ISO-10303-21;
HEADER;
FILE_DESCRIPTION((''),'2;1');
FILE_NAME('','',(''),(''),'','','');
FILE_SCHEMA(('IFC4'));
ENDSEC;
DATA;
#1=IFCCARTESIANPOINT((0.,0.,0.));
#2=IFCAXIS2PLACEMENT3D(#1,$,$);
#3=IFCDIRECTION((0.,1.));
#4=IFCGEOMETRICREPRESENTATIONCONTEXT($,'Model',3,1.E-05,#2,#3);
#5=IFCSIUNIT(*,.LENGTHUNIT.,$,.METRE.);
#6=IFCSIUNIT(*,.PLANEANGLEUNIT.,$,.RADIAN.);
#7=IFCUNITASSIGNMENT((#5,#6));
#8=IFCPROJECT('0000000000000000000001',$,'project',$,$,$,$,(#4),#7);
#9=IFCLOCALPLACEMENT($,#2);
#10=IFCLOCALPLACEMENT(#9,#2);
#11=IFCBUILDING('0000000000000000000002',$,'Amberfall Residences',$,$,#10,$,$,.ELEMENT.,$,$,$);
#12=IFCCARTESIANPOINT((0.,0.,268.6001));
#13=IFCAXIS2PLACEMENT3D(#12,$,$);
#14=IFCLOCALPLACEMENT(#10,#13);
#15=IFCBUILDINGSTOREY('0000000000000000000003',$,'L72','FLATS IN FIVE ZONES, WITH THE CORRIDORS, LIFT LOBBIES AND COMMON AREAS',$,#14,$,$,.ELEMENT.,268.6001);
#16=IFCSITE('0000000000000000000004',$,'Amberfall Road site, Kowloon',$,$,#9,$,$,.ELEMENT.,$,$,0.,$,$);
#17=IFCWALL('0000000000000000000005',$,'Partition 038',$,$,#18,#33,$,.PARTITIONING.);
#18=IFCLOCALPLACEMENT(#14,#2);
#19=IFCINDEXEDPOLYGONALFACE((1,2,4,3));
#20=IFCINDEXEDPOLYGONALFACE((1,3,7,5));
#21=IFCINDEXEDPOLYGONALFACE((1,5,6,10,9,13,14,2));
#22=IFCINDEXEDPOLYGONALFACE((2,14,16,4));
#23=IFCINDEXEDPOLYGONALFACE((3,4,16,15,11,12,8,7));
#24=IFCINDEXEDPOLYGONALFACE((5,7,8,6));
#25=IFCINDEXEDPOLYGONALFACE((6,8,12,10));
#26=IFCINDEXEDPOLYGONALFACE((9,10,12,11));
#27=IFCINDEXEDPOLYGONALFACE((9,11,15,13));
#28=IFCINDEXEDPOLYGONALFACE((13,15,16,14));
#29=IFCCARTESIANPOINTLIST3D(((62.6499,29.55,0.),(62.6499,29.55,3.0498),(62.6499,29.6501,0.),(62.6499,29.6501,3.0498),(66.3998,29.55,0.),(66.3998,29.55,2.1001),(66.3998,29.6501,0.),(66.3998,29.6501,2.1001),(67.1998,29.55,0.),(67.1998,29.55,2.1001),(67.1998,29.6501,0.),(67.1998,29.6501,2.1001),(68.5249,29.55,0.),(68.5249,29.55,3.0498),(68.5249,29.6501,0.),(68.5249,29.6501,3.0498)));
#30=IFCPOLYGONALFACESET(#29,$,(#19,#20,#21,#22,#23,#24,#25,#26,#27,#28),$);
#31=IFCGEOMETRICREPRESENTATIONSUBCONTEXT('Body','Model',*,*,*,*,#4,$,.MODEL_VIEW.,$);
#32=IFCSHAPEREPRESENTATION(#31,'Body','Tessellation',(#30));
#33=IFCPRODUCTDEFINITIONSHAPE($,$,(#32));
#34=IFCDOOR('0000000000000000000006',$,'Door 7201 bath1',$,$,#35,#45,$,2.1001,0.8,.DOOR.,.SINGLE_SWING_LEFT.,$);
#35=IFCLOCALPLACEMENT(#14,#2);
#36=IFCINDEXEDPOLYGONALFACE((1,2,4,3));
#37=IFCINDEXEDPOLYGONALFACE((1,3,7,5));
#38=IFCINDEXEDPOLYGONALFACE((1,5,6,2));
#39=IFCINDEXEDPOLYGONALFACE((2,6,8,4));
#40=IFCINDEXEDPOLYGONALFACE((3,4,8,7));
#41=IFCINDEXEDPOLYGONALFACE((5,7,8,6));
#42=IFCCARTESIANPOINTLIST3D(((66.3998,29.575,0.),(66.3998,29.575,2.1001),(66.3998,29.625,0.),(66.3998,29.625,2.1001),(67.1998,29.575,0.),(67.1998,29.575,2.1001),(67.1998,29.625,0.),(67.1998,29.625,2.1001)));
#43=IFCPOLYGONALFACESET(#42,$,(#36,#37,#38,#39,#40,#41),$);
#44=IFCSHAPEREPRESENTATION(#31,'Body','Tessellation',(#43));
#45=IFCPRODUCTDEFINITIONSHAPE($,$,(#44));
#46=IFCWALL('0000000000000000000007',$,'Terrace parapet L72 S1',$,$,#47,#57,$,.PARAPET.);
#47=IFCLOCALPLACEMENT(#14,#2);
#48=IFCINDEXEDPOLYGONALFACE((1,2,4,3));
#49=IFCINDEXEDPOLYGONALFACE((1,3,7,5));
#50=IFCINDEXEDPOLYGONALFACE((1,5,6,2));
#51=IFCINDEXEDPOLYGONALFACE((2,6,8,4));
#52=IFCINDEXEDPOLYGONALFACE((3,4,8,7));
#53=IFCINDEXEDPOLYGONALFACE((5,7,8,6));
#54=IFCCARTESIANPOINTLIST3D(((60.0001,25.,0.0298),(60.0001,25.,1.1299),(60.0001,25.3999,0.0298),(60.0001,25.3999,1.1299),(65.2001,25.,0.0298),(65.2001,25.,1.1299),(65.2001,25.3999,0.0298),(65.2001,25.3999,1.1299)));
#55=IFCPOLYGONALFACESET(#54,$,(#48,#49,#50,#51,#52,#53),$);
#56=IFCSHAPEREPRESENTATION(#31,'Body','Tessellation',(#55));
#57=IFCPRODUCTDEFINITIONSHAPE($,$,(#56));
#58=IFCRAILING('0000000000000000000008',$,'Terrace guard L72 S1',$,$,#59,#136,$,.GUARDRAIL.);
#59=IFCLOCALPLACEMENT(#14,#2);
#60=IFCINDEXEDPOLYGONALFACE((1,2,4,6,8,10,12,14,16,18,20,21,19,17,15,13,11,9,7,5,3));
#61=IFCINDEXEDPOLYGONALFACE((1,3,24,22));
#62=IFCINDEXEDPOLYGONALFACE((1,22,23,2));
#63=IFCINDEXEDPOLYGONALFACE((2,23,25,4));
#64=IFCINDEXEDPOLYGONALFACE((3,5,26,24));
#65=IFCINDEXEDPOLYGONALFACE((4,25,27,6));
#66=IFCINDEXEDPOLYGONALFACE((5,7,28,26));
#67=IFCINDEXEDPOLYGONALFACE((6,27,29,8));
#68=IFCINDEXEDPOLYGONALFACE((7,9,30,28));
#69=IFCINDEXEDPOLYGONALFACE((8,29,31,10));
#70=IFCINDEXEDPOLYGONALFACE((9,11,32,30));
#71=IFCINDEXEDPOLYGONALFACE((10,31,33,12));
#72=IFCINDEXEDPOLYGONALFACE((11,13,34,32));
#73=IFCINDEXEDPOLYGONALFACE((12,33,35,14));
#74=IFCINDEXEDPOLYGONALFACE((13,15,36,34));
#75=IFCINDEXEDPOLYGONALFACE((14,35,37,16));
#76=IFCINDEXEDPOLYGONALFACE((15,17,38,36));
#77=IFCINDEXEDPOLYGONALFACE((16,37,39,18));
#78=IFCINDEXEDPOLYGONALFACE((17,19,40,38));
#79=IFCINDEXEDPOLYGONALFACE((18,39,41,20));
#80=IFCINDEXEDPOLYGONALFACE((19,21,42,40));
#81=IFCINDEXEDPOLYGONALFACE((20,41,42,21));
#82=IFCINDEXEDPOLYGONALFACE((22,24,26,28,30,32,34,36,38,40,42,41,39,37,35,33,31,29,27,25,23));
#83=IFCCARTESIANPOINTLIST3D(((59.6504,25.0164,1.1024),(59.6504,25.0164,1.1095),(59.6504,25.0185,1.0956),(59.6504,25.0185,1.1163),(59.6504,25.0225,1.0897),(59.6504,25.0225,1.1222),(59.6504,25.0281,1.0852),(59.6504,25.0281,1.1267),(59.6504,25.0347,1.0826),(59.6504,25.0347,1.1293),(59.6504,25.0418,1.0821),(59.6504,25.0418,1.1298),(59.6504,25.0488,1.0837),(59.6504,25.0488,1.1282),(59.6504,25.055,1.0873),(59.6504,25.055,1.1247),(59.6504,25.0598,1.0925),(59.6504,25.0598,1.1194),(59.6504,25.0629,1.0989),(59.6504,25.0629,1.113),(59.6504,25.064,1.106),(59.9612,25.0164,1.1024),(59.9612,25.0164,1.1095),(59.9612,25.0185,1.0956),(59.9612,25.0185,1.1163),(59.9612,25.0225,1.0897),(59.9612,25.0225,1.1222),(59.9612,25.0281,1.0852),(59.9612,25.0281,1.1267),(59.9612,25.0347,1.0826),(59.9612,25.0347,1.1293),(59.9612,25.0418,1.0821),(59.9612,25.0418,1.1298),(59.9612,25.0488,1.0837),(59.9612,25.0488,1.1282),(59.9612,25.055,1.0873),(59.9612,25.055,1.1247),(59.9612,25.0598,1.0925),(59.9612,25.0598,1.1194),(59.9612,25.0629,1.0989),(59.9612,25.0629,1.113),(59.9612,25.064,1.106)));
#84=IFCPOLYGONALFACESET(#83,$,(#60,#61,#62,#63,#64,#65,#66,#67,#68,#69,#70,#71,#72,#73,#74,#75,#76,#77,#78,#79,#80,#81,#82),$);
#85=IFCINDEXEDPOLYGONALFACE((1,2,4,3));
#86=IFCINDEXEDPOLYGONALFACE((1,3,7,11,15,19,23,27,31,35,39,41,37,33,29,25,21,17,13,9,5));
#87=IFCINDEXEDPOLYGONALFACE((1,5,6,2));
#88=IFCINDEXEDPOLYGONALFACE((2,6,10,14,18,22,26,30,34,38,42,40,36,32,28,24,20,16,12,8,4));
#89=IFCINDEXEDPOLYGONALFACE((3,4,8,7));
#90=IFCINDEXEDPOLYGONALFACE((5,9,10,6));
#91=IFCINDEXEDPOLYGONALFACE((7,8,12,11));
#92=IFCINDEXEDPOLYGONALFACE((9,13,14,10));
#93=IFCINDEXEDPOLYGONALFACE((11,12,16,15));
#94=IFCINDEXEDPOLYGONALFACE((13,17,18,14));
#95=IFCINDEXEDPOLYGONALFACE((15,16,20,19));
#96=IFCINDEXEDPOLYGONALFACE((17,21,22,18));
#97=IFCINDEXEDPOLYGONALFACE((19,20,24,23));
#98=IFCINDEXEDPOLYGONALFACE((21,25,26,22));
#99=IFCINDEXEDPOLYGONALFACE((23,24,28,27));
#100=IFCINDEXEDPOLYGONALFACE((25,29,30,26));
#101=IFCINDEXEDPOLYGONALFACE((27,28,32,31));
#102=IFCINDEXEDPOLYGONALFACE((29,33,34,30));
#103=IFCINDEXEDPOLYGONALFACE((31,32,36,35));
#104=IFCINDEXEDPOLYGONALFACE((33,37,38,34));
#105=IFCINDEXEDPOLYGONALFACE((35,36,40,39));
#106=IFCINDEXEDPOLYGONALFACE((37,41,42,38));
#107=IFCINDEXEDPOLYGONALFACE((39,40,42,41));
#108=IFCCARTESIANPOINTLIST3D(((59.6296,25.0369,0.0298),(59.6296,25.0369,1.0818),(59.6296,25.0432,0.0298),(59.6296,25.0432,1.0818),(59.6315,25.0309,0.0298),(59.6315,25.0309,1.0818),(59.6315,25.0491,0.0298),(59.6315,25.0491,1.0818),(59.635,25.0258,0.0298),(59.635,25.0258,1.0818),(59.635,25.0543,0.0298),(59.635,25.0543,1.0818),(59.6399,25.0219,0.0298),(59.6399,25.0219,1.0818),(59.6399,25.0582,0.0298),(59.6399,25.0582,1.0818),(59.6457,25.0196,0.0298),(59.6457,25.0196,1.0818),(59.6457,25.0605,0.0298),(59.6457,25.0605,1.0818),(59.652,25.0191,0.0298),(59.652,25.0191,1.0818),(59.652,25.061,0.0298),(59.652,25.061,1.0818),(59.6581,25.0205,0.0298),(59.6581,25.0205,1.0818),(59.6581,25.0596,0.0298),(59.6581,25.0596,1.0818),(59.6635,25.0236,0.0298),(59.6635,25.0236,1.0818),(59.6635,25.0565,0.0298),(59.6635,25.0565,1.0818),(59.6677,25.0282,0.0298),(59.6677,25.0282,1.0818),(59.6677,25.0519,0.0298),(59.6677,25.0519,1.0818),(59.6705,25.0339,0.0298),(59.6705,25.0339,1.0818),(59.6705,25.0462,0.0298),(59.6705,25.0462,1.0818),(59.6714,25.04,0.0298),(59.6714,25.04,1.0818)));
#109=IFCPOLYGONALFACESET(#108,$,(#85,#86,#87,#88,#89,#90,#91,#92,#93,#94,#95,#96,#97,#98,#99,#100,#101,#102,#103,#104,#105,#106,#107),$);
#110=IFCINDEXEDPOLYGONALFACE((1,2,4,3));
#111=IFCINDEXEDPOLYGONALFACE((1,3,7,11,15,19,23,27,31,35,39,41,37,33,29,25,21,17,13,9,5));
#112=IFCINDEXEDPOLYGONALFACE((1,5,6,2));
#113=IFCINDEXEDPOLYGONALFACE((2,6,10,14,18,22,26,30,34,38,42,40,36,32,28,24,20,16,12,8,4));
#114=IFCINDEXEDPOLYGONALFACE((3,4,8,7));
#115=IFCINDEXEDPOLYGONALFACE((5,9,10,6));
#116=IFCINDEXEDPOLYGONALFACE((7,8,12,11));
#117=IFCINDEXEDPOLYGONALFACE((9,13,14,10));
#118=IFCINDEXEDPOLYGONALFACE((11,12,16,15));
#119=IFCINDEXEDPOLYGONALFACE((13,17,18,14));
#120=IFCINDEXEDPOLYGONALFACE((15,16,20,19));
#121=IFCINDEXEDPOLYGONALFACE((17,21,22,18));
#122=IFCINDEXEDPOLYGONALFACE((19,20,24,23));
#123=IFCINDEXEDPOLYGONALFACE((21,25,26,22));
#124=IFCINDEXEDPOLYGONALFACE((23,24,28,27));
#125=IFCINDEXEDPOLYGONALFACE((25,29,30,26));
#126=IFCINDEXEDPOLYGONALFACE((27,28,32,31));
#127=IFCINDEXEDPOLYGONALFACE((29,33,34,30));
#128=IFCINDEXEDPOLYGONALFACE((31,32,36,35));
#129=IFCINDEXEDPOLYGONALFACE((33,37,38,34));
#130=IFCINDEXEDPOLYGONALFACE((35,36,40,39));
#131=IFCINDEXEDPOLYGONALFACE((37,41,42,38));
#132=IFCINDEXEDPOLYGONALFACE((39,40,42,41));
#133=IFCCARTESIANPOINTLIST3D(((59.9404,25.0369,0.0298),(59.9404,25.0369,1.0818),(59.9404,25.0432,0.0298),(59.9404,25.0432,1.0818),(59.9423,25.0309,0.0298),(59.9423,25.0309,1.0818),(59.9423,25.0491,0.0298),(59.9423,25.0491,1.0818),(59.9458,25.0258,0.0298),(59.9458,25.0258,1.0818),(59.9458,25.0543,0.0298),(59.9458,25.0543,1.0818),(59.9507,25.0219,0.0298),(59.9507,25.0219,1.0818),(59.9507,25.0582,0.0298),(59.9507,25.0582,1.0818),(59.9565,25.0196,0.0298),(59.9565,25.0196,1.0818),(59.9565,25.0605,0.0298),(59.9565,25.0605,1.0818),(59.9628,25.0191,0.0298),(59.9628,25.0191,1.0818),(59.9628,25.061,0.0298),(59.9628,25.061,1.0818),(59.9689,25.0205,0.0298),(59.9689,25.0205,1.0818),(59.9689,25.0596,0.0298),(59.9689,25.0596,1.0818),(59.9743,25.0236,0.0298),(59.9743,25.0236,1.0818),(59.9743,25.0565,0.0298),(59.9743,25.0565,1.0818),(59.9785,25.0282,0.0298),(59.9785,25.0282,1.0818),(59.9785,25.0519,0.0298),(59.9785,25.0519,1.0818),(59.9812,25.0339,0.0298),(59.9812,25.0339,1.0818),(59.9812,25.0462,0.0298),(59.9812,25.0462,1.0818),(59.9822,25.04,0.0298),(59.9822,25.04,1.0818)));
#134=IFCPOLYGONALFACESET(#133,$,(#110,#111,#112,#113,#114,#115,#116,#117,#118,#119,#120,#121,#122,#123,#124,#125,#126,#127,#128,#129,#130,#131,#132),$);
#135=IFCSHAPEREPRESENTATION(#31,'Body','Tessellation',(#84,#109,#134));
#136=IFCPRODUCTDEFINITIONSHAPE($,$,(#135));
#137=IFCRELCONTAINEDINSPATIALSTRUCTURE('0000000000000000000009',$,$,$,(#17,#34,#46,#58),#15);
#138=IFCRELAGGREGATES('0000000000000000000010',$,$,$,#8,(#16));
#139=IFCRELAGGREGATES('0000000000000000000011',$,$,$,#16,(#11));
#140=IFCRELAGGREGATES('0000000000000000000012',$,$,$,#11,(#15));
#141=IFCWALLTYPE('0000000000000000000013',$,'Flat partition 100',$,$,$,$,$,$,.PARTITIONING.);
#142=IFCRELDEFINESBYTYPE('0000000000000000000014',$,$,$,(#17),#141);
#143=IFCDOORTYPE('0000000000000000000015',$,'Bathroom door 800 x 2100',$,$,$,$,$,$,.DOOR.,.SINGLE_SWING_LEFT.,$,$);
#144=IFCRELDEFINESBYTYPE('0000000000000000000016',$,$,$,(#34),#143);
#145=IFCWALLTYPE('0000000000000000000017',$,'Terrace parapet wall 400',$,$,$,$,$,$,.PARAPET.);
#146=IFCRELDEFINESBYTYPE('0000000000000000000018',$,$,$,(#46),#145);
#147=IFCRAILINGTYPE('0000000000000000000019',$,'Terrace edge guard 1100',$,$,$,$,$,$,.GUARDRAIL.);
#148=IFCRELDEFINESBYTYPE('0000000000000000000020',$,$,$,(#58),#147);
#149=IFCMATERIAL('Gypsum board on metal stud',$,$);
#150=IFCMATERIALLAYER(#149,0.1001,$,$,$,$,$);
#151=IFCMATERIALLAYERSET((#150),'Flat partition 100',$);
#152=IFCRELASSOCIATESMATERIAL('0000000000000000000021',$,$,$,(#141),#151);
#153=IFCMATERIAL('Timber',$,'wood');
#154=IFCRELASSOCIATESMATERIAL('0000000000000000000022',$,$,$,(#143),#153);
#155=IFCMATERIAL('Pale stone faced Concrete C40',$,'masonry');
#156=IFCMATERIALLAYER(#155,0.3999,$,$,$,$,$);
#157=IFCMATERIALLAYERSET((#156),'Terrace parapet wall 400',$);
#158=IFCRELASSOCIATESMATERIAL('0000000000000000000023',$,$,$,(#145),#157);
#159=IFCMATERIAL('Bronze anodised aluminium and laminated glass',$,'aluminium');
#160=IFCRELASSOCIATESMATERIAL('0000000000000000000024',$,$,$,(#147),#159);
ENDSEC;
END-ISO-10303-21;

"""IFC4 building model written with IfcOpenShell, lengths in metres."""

from ifc_helpers import new_model, si_unit, direction, frame, frame_2d, origin, origin_2d, place, context, subcontext, project, spatial, rectangle, circle, extrude, material, layer, layer_set, type_object, element, fill, save


model = new_model("IFC4")

# Units and contexts
model_context = context("Model", 3, precision=1e-05, world=origin(), true_north=direction((0.0, 1.0)))
body_context = subcontext(model_context, "Body", "Model", "MODEL_VIEW")
ifc_project = project(units=[si_unit("LENGTHUNIT", "METRE"), si_unit("PLANEANGLEUNIT", "RADIAN")], contexts=[model_context])

# Site, building, storey
site_placement = place(None, origin())
site = spatial("IfcSite", under=ifc_project, at=site_placement, Name="Amberfall Road site, Kowloon", CompositionType="ELEMENT", RefElevation=0.0)
building_placement = place(site_placement, origin())
building = spatial("IfcBuilding", under=site, at=building_placement, Name="Amberfall Residences", CompositionType="ELEMENT")
storey_placement = place(building_placement, frame((0.0, 0.0, 268.6001)))
storey = spatial("IfcBuildingStorey", under=building, at=storey_placement, Name="L72", Description="FLATS IN FIVE ZONES, WITH THE CORRIDORS, LIFT LOBBIES AND COMMON AREAS", CompositionType="ELEMENT", Elevation=268.6001)

# Shared definitions
ifc_material_1 = material(Name="Gypsum board on metal stud")
ifc_layer_1 = layer(ifc_material_1, 0.1001)
ifc_layer_set_1 = layer_set([ifc_layer_1], Name="Flat partition 100")
wall_type_1 = type_object("IfcWallType", Name="Flat partition 100", PredefinedType="PARTITIONING", material=ifc_layer_set_1)
ifc_material_2 = material(Name="Timber", Category="wood")

# Wall, opening, door
wall_1_placement = place(storey_placement, frame((62.6499, 29.6001, 0.0), z_axis=(0.0, 0.0, 1.0), x_axis=(1.0, 0.0, 0.0)))
wall_1 = element("IfcWall", 1, at=wall_1_placement, inside=storey, type_object=wall_type_1, Name="Partition 038", PredefinedType="PARTITIONING", context=body_context, shape_type="SweptSolid", body=[
    extrude(rectangle(XDim=5.875, YDim=0.1001, at=frame_2d((2.9375, 0.0))), origin(), (0.0, 0.0, 1.0), 3.0498),
])
opening_1_placement = place(wall_1_placement, frame((3.75, 0.0, 0.0)))
opening_1 = element("IfcOpeningElement", 2, at=opening_1_placement, cuts=wall_1, PredefinedType="OPENING", context=body_context, shape_type="SweptSolid", body=[
    extrude(rectangle(XDim=0.8, YDim=2.1001, at=frame_2d((0.3999, 1.05))), frame((0.0, 0.0601, 0.0), z_axis=(0.0, -1.0, 0.0), x_axis=(1.0, 0.0, 0.0)), (0.0, 0.0, 1.0), 0.1201),
])
door_type_1 = type_object("IfcDoorType", Name="Bathroom door 800 x 2100", OperationType="SINGLE_SWING_LEFT", PredefinedType="DOOR", material=ifc_material_2)
door_1_placement = place(opening_1_placement, origin())
door_1 = element("IfcDoor", 3, at=door_1_placement, inside=storey, type_object=door_type_1, Name="Door 7201 bath1", OperationType="SINGLE_SWING_LEFT", OverallHeight=2.1001, OverallWidth=0.8, PredefinedType="DOOR", context=body_context, shape_type="SweptSolid", body=[
    extrude(rectangle(XDim=0.8, YDim=2.1001, at=frame_2d((0.3999, 1.05))), frame((0.0, 0.0249, 0.0), z_axis=(0.0, -1.0, 0.0), x_axis=(1.0, 0.0, 0.0)), (0.0, 0.0, 1.0), 0.05),
])
fill(opening_1, door_1)

# Wall
ifc_material_3 = material(Name="Pale stone faced Concrete C40", Category="masonry")
ifc_layer_2 = layer(ifc_material_3, 0.3999)
ifc_layer_set_2 = layer_set([ifc_layer_2], Name="Terrace parapet wall 400")
wall_type_2 = type_object("IfcWallType", Name="Terrace parapet wall 400", PredefinedType="PARAPET", material=ifc_layer_set_2)
wall_2_placement = place(storey_placement, frame((60.0, 25.2, 0.0298), z_axis=(0.0, 0.0, 1.0), x_axis=(1.0, 0.0, 0.0)))
element("IfcWall", 4, at=wall_2_placement, inside=storey, type_object=wall_type_2, Name="Terrace parapet L72 S1", PredefinedType="PARAPET", context=body_context, shape_type="SweptSolid", body=[
    extrude(rectangle(XDim=5.2, YDim=0.3999, at=frame_2d((2.6001, 0.0))), origin(), (0.0, 0.0, 1.0), 1.1001),
])

# Railing
ifc_material_4 = material(Name="Bronze anodised aluminium and laminated glass", Category="aluminium")
railing_type = type_object("IfcRailingType", Name="Terrace edge guard 1100", PredefinedType="GUARDRAIL", material=ifc_material_4)
railing_1_placement = place(storey_placement, frame((59.6504, 25.04, 0.0298)))
element("IfcRailing", 5, at=railing_1_placement, inside=storey, type_object=railing_type, Name="Terrace guard L72 S1", PredefinedType="GUARDRAIL", context=body_context, shape_type="SweptSolid", body=[
    extrude(circle(Radius=0.0239, at=origin_2d()), frame((0.0, 0.0, 1.0762), z_axis=(1.0, 0.0, 0.0), x_axis=(0.0, 1.0, 0.0)), (0.0, 0.0, 1.0), 0.3108),
    extrude(circle(Radius=0.021, at=origin_2d()), origin(), (0.0, 0.0, 1.0), 1.052),
    extrude(circle(Radius=0.021, at=origin_2d()), frame((0.3108, 0.0, 0.0)), (0.0, 0.0, 1.0), 1.052),
])

save(model, "model.ifc")
